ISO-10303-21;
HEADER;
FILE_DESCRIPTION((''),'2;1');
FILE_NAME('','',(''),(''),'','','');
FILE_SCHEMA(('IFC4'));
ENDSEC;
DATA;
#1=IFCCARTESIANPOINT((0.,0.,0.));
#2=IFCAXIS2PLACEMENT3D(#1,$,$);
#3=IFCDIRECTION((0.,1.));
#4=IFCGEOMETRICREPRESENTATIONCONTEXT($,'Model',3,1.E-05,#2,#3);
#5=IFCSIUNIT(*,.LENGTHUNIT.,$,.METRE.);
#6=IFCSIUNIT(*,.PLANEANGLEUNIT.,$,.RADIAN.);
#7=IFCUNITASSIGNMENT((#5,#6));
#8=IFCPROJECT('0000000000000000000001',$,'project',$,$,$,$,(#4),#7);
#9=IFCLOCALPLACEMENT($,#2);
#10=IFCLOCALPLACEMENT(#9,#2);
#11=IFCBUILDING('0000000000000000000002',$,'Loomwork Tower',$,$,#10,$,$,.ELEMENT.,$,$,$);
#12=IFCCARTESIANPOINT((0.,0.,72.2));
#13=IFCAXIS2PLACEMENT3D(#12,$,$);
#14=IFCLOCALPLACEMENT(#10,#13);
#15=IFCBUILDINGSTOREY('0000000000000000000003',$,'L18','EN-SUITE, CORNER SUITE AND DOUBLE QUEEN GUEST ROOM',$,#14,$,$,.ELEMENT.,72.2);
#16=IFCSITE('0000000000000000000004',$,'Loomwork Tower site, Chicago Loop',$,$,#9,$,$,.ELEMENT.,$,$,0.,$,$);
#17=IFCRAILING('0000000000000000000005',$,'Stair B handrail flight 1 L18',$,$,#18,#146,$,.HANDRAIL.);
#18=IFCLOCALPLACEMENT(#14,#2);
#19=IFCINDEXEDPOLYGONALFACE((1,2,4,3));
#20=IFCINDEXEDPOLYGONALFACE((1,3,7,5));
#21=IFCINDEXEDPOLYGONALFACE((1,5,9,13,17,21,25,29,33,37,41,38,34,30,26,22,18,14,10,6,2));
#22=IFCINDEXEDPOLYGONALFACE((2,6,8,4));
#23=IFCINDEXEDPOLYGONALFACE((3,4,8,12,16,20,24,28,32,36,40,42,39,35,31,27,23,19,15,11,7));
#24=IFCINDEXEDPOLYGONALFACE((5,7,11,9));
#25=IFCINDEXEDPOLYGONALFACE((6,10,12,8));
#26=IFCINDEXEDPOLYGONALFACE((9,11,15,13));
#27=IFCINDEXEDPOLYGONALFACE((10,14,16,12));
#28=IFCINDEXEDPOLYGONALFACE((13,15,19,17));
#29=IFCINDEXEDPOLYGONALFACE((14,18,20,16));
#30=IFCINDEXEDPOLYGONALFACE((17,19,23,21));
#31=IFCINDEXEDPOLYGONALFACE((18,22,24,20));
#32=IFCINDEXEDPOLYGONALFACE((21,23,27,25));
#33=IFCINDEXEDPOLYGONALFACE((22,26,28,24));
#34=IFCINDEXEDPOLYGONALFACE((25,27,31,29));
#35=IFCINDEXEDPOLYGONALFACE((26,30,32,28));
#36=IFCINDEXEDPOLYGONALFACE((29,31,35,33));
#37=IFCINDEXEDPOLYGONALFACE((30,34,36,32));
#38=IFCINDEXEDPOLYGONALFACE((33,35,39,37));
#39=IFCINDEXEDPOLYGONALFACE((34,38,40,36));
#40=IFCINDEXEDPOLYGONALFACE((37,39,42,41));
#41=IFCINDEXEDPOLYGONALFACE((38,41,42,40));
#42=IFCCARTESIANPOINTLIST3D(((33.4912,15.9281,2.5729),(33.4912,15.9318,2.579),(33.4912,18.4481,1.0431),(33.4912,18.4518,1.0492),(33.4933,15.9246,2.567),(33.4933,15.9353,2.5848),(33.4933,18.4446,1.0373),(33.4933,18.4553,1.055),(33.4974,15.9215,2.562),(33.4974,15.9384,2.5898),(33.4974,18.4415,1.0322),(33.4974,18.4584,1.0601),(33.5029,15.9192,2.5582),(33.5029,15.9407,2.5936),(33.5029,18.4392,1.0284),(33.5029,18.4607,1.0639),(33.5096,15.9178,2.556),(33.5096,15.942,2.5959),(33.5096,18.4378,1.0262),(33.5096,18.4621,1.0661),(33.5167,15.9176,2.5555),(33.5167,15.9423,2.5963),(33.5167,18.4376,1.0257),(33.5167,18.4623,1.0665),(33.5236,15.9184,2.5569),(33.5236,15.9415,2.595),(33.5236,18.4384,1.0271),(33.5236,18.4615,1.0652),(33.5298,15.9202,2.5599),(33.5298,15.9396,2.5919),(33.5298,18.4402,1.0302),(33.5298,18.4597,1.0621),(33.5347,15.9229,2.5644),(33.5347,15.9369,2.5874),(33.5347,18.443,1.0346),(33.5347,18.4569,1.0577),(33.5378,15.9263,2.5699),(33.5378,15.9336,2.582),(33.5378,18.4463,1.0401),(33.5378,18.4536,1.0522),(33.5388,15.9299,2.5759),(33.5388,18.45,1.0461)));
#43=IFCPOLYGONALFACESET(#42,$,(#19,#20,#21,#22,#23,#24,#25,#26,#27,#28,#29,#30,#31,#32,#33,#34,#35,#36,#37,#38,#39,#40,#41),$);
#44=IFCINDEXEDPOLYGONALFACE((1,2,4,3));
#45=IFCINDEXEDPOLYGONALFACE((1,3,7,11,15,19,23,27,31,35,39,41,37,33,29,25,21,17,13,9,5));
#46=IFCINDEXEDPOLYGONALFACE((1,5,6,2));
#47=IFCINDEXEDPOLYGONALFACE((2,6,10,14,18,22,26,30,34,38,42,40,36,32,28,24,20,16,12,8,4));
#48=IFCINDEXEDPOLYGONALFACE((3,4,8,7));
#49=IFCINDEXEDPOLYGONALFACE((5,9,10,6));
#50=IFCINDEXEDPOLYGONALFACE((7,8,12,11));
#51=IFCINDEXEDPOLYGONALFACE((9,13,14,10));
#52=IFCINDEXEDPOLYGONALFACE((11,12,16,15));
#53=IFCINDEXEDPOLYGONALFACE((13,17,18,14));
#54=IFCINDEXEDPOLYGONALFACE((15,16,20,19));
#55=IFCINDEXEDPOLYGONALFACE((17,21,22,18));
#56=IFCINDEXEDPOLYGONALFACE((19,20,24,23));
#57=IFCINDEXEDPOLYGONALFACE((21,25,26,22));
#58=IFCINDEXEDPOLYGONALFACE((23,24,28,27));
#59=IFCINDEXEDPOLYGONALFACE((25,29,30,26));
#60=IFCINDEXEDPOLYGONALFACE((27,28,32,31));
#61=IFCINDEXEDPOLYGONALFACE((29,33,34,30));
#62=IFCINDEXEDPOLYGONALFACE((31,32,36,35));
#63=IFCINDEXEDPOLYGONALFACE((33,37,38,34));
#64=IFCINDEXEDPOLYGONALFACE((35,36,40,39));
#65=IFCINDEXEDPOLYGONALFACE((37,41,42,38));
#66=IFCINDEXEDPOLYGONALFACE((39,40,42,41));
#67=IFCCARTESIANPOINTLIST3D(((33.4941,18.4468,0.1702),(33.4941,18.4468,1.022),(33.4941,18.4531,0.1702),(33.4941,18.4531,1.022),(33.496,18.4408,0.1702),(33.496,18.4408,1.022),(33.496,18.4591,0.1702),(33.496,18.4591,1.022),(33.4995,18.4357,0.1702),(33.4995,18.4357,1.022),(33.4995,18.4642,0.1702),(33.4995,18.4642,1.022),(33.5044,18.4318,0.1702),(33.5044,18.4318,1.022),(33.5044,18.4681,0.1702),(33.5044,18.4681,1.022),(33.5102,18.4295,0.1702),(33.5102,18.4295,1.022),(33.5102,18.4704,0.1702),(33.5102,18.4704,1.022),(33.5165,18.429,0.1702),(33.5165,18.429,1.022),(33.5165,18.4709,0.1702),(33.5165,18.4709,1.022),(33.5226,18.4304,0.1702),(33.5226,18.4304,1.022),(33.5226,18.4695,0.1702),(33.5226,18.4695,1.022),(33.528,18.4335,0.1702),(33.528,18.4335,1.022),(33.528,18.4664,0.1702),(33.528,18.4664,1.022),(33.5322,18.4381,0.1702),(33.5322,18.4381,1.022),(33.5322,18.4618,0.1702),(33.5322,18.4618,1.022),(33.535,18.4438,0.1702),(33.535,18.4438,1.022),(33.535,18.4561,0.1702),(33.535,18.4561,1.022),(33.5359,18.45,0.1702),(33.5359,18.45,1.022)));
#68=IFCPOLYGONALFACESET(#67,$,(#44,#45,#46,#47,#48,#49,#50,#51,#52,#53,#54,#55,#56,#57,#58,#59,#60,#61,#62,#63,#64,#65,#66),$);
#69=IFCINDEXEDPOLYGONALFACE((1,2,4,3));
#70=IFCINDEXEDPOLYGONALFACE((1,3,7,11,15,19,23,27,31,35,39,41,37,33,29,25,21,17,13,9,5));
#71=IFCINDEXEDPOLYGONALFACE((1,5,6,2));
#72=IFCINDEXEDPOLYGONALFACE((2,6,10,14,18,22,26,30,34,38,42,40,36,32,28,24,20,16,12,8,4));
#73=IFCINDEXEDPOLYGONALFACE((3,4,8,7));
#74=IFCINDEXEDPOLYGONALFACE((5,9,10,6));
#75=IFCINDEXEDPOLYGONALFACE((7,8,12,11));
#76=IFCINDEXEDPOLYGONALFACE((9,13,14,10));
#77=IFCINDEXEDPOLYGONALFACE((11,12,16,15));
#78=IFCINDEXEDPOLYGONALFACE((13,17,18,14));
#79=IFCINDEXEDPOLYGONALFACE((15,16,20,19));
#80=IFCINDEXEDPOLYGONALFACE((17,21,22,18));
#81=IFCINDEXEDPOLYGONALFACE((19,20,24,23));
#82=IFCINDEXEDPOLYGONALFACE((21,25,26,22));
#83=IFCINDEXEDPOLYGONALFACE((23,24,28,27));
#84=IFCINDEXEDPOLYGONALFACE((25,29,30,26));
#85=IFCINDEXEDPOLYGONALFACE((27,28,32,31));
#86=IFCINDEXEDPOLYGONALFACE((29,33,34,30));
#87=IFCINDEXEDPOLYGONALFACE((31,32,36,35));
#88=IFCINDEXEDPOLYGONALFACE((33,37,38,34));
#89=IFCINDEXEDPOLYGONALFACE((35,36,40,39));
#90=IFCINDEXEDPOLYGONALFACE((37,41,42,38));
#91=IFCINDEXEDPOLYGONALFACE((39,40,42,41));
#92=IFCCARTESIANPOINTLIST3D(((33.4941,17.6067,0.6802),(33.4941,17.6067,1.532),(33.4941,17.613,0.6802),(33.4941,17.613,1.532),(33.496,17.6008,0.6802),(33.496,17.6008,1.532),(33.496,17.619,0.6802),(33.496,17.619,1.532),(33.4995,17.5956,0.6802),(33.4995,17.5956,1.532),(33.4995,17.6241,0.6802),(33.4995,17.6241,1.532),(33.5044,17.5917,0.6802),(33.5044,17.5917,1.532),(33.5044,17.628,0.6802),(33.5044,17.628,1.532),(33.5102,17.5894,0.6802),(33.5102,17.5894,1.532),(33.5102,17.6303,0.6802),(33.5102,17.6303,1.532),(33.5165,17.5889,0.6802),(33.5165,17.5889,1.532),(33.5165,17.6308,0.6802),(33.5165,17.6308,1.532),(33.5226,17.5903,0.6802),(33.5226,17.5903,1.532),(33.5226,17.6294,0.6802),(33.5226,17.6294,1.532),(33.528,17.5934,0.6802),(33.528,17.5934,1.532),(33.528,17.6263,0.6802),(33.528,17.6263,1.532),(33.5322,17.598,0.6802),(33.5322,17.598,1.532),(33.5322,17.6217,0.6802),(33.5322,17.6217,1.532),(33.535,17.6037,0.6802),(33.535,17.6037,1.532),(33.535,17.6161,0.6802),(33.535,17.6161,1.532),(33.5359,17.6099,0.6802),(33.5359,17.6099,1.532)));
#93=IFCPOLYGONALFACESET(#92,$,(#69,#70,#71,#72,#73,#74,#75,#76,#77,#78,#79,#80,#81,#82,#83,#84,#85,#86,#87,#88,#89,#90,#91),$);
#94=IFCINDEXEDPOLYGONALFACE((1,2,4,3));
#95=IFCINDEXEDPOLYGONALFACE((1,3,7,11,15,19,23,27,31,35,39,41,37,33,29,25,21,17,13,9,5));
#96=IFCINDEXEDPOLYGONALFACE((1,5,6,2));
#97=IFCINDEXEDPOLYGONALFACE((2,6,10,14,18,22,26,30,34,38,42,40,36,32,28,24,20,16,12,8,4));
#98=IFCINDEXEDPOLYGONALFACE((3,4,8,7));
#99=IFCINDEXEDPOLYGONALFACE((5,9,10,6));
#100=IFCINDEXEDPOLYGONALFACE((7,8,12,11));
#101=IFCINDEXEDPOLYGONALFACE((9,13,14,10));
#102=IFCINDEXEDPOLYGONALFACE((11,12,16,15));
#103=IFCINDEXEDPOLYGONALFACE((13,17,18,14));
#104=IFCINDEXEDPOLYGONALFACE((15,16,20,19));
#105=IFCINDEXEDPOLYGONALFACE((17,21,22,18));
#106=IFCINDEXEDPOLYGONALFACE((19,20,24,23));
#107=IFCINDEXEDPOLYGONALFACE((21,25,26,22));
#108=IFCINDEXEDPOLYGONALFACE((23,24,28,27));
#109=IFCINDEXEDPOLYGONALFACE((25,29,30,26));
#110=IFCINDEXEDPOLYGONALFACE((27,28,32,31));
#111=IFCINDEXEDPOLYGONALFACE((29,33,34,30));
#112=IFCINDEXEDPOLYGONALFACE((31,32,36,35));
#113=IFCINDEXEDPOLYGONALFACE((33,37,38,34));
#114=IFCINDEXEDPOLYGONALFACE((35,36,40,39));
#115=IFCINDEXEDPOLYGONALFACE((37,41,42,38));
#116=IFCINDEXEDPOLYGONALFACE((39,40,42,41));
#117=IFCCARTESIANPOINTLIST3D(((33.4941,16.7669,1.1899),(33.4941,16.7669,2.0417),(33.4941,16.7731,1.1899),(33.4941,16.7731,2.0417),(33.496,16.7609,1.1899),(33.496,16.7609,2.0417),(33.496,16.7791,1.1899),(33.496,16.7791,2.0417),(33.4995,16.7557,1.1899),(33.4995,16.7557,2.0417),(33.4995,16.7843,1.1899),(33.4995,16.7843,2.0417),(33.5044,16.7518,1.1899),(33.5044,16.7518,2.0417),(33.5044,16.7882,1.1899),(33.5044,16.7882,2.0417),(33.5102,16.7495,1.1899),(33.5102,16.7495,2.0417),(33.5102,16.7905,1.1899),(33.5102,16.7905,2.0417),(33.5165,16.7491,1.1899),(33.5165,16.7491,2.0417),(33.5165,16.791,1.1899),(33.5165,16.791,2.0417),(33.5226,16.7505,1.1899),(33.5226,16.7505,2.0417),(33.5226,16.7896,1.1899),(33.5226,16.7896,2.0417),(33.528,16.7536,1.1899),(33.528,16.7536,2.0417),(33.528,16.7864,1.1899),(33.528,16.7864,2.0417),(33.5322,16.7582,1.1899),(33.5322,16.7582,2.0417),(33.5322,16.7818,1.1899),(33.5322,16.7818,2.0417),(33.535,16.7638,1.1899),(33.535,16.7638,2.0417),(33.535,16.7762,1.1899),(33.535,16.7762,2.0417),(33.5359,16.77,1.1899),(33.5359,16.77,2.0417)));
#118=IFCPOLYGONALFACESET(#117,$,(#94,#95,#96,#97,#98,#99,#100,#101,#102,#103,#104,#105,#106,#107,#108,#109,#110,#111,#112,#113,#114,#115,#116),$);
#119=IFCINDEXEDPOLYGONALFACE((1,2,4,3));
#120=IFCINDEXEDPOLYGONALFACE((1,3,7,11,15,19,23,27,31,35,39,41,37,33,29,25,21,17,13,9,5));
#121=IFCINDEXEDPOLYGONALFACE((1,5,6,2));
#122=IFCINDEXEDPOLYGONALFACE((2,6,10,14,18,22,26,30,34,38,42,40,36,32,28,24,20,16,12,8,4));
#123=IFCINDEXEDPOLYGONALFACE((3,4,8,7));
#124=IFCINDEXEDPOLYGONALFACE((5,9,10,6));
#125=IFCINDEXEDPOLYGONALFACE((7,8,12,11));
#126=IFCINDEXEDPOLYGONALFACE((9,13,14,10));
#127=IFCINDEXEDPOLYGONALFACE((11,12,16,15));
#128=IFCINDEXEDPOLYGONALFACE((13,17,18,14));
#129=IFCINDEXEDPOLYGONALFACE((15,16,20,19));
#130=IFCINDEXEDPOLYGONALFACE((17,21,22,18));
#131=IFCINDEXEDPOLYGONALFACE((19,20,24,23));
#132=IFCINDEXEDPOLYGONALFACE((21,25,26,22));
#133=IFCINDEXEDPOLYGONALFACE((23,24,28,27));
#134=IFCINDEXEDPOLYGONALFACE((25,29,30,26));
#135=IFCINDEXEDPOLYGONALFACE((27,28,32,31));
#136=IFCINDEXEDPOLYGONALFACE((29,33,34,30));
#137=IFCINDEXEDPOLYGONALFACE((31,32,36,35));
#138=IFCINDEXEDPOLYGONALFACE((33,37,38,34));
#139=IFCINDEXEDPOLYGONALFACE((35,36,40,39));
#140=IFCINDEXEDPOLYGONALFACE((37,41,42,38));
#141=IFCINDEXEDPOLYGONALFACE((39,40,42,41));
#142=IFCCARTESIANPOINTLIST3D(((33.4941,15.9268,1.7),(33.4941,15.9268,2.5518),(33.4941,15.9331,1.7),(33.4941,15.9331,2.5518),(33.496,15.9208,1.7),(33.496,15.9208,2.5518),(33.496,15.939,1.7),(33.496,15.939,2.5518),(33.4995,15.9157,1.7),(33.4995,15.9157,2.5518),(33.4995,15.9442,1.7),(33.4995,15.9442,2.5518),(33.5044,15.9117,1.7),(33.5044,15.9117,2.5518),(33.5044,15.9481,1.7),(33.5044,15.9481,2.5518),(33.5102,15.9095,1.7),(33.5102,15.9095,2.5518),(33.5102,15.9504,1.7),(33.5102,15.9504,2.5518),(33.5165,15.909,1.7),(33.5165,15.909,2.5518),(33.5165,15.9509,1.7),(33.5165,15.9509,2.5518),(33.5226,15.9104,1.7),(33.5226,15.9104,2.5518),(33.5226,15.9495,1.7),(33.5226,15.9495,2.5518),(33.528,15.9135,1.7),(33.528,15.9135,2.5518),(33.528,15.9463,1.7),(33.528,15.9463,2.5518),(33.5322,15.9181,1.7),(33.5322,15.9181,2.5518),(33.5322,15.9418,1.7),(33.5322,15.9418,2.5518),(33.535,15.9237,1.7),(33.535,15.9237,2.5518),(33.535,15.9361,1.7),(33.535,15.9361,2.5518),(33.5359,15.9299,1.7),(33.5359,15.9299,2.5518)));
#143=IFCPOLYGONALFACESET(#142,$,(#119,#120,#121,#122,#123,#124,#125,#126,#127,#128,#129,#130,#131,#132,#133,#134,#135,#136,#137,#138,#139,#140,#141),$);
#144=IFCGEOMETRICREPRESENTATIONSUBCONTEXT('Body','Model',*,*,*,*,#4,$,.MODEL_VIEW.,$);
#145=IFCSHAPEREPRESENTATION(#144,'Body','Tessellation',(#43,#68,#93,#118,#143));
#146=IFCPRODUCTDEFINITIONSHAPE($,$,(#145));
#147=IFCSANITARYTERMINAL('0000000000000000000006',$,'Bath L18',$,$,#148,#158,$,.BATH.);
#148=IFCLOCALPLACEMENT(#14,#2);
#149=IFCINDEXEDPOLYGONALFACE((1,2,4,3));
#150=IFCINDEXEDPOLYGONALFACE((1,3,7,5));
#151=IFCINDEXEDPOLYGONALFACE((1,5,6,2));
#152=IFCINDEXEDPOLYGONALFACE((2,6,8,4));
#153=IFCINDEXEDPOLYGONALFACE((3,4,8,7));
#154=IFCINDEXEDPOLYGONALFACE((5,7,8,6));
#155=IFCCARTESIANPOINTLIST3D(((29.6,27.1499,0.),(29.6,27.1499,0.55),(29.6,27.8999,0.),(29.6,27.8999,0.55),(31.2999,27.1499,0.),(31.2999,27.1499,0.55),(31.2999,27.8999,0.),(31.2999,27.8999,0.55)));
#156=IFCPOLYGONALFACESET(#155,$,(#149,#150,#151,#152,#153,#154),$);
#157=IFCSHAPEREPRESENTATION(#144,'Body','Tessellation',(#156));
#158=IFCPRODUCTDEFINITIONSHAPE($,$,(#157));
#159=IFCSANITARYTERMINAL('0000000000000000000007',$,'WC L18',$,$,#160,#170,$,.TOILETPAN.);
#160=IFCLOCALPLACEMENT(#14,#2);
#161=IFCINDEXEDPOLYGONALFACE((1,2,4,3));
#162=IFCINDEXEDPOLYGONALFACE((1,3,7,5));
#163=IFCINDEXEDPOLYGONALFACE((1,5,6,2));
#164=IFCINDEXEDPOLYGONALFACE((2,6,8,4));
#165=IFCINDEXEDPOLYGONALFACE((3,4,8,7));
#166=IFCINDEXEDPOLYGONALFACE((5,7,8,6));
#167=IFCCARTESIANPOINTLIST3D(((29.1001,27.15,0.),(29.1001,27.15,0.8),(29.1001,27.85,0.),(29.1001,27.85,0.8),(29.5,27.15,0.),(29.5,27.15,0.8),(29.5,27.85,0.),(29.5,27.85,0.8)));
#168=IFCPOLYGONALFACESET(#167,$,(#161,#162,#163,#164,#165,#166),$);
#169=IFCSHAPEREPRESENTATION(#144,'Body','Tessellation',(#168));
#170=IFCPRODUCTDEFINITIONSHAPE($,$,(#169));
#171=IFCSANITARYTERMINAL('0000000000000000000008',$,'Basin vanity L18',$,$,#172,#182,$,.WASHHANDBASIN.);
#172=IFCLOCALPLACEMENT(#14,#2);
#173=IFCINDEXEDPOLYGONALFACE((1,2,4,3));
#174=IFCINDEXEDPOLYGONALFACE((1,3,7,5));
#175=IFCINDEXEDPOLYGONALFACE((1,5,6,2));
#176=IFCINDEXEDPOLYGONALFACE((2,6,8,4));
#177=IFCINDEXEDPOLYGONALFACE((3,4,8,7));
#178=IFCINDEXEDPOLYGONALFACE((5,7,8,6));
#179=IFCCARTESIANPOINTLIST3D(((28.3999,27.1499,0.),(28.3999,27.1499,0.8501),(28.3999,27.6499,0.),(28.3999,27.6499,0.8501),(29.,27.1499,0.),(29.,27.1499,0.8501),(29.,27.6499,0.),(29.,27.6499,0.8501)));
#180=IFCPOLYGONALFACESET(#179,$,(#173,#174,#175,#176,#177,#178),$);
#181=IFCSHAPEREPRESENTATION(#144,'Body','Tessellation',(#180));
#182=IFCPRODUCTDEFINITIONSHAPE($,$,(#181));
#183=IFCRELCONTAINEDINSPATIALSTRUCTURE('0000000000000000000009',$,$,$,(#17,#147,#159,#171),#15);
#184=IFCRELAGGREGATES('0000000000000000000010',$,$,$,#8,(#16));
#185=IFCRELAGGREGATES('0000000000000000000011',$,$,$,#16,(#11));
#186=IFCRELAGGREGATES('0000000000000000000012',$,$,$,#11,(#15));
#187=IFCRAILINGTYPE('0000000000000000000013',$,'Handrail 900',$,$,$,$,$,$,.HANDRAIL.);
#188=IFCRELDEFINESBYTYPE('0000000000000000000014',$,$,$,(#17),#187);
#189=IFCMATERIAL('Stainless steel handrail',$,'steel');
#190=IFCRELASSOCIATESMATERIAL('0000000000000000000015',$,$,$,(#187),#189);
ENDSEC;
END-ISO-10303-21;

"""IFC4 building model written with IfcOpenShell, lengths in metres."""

from ifc_helpers import new_model, si_unit, direction, frame, origin, origin_2d, place, context, subcontext, project, spatial, rectangle, circle, extrude, material, type_object, element, save


model = new_model("IFC4")

# Units and contexts
model_context = context("Model", 3, precision=1e-05, world=origin(), true_north=direction((0.0, 1.0)))
body_context = subcontext(model_context, "Body", "Model", "MODEL_VIEW")
ifc_project = project(units=[si_unit("LENGTHUNIT", "METRE"), si_unit("PLANEANGLEUNIT", "RADIAN")], contexts=[model_context])

# Site, building, storey
site_placement = place(None, origin())
site = spatial("IfcSite", under=ifc_project, at=site_placement, Name="Loomwork Tower site, Chicago Loop", CompositionType="ELEMENT", RefElevation=0.0)
building_placement = place(site_placement, origin())
building = spatial("IfcBuilding", under=site, at=building_placement, Name="Loomwork Tower", CompositionType="ELEMENT")
storey_placement = place(building_placement, frame((0.0, 0.0, 72.2)))
storey = spatial("IfcBuildingStorey", under=building, at=storey_placement, Name="L18", Description="EN-SUITE, CORNER SUITE AND DOUBLE QUEEN GUEST ROOM", CompositionType="ELEMENT", Elevation=72.2)

# Railing
ifc_material_1 = material(Name="Stainless steel handrail", Category="steel")
railing_type = type_object("IfcRailingType", Name="Handrail 900", PredefinedType="HANDRAIL", material=ifc_material_1)
railing_placement = place(storey_placement, frame((33.5149, 18.45, 0.1702)))
element("IfcRailing", 1, at=railing_placement, inside=storey, type_object=railing_type, Name="Stair B handrail flight 1 L18", PredefinedType="HANDRAIL", context=body_context, shape_type="SweptSolid", body=[
    extrude(circle(Radius=0.0239, at=origin_2d()), frame((0.0, 0.0, 0.876), z_axis=(0.0, -0.854822, 0.518922), x_axis=(1.0, 0.0, 0.0)), (0.0, 0.0, 1.0), 2.948),
    extrude(circle(Radius=0.021, at=origin_2d()), origin(), (0.0, 0.0, 1.0), 0.8518),
    extrude(circle(Radius=0.021, at=origin_2d()), frame((0.0, -0.8401, 0.51)), (0.0, 0.0, 1.0), 0.8518),
    extrude(circle(Radius=0.021, at=origin_2d()), frame((0.0, -1.6799, 1.0198)), (0.0, 0.0, 1.0), 0.8518),
    extrude(circle(Radius=0.021, at=origin_2d()), frame((0.0, -2.52, 1.5298)), (0.0, 0.0, 1.0), 0.8518),
])

# Sanitary terminals
sanitary_terminal_1_placement = place(storey_placement, frame((30.45, 27.5249, 0.0), z_axis=(0.0, 0.0, 1.0), x_axis=(1.0, 0.0, 0.0)))
element("IfcSanitaryTerminal", 2, at=sanitary_terminal_1_placement, inside=storey, Name="Bath L18", PredefinedType="BATH", context=body_context, shape_type="SweptSolid", body=[
    extrude(rectangle(XDim=1.7, YDim=0.75, at=origin_2d()), origin(), (0.0, 0.0, 1.0), 0.55),
])
sanitary_terminal_2_placement = place(storey_placement, frame((29.3, 27.5, 0.0), z_axis=(0.0, 0.0, 1.0), x_axis=(1.0, 0.0, 0.0)))
element("IfcSanitaryTerminal", 3, at=sanitary_terminal_2_placement, inside=storey, Name="WC L18", PredefinedType="TOILETPAN", context=body_context, shape_type="SweptSolid", body=[
    extrude(rectangle(XDim=0.3999, YDim=0.7, at=origin_2d()), origin(), (0.0, 0.0, 1.0), 0.8),
])
sanitary_terminal_3_placement = place(storey_placement, frame((28.7, 27.3999, 0.0), z_axis=(0.0, 0.0, 1.0), x_axis=(1.0, 0.0, 0.0)))
element("IfcSanitaryTerminal", 4, at=sanitary_terminal_3_placement, inside=storey, Name="Basin vanity L18", PredefinedType="WASHHANDBASIN", context=body_context, shape_type="SweptSolid", body=[
    extrude(rectangle(XDim=0.6001, YDim=0.5, at=origin_2d()), origin(), (0.0, 0.0, 1.0), 0.8501),
])

save(model, "model.ifc")
